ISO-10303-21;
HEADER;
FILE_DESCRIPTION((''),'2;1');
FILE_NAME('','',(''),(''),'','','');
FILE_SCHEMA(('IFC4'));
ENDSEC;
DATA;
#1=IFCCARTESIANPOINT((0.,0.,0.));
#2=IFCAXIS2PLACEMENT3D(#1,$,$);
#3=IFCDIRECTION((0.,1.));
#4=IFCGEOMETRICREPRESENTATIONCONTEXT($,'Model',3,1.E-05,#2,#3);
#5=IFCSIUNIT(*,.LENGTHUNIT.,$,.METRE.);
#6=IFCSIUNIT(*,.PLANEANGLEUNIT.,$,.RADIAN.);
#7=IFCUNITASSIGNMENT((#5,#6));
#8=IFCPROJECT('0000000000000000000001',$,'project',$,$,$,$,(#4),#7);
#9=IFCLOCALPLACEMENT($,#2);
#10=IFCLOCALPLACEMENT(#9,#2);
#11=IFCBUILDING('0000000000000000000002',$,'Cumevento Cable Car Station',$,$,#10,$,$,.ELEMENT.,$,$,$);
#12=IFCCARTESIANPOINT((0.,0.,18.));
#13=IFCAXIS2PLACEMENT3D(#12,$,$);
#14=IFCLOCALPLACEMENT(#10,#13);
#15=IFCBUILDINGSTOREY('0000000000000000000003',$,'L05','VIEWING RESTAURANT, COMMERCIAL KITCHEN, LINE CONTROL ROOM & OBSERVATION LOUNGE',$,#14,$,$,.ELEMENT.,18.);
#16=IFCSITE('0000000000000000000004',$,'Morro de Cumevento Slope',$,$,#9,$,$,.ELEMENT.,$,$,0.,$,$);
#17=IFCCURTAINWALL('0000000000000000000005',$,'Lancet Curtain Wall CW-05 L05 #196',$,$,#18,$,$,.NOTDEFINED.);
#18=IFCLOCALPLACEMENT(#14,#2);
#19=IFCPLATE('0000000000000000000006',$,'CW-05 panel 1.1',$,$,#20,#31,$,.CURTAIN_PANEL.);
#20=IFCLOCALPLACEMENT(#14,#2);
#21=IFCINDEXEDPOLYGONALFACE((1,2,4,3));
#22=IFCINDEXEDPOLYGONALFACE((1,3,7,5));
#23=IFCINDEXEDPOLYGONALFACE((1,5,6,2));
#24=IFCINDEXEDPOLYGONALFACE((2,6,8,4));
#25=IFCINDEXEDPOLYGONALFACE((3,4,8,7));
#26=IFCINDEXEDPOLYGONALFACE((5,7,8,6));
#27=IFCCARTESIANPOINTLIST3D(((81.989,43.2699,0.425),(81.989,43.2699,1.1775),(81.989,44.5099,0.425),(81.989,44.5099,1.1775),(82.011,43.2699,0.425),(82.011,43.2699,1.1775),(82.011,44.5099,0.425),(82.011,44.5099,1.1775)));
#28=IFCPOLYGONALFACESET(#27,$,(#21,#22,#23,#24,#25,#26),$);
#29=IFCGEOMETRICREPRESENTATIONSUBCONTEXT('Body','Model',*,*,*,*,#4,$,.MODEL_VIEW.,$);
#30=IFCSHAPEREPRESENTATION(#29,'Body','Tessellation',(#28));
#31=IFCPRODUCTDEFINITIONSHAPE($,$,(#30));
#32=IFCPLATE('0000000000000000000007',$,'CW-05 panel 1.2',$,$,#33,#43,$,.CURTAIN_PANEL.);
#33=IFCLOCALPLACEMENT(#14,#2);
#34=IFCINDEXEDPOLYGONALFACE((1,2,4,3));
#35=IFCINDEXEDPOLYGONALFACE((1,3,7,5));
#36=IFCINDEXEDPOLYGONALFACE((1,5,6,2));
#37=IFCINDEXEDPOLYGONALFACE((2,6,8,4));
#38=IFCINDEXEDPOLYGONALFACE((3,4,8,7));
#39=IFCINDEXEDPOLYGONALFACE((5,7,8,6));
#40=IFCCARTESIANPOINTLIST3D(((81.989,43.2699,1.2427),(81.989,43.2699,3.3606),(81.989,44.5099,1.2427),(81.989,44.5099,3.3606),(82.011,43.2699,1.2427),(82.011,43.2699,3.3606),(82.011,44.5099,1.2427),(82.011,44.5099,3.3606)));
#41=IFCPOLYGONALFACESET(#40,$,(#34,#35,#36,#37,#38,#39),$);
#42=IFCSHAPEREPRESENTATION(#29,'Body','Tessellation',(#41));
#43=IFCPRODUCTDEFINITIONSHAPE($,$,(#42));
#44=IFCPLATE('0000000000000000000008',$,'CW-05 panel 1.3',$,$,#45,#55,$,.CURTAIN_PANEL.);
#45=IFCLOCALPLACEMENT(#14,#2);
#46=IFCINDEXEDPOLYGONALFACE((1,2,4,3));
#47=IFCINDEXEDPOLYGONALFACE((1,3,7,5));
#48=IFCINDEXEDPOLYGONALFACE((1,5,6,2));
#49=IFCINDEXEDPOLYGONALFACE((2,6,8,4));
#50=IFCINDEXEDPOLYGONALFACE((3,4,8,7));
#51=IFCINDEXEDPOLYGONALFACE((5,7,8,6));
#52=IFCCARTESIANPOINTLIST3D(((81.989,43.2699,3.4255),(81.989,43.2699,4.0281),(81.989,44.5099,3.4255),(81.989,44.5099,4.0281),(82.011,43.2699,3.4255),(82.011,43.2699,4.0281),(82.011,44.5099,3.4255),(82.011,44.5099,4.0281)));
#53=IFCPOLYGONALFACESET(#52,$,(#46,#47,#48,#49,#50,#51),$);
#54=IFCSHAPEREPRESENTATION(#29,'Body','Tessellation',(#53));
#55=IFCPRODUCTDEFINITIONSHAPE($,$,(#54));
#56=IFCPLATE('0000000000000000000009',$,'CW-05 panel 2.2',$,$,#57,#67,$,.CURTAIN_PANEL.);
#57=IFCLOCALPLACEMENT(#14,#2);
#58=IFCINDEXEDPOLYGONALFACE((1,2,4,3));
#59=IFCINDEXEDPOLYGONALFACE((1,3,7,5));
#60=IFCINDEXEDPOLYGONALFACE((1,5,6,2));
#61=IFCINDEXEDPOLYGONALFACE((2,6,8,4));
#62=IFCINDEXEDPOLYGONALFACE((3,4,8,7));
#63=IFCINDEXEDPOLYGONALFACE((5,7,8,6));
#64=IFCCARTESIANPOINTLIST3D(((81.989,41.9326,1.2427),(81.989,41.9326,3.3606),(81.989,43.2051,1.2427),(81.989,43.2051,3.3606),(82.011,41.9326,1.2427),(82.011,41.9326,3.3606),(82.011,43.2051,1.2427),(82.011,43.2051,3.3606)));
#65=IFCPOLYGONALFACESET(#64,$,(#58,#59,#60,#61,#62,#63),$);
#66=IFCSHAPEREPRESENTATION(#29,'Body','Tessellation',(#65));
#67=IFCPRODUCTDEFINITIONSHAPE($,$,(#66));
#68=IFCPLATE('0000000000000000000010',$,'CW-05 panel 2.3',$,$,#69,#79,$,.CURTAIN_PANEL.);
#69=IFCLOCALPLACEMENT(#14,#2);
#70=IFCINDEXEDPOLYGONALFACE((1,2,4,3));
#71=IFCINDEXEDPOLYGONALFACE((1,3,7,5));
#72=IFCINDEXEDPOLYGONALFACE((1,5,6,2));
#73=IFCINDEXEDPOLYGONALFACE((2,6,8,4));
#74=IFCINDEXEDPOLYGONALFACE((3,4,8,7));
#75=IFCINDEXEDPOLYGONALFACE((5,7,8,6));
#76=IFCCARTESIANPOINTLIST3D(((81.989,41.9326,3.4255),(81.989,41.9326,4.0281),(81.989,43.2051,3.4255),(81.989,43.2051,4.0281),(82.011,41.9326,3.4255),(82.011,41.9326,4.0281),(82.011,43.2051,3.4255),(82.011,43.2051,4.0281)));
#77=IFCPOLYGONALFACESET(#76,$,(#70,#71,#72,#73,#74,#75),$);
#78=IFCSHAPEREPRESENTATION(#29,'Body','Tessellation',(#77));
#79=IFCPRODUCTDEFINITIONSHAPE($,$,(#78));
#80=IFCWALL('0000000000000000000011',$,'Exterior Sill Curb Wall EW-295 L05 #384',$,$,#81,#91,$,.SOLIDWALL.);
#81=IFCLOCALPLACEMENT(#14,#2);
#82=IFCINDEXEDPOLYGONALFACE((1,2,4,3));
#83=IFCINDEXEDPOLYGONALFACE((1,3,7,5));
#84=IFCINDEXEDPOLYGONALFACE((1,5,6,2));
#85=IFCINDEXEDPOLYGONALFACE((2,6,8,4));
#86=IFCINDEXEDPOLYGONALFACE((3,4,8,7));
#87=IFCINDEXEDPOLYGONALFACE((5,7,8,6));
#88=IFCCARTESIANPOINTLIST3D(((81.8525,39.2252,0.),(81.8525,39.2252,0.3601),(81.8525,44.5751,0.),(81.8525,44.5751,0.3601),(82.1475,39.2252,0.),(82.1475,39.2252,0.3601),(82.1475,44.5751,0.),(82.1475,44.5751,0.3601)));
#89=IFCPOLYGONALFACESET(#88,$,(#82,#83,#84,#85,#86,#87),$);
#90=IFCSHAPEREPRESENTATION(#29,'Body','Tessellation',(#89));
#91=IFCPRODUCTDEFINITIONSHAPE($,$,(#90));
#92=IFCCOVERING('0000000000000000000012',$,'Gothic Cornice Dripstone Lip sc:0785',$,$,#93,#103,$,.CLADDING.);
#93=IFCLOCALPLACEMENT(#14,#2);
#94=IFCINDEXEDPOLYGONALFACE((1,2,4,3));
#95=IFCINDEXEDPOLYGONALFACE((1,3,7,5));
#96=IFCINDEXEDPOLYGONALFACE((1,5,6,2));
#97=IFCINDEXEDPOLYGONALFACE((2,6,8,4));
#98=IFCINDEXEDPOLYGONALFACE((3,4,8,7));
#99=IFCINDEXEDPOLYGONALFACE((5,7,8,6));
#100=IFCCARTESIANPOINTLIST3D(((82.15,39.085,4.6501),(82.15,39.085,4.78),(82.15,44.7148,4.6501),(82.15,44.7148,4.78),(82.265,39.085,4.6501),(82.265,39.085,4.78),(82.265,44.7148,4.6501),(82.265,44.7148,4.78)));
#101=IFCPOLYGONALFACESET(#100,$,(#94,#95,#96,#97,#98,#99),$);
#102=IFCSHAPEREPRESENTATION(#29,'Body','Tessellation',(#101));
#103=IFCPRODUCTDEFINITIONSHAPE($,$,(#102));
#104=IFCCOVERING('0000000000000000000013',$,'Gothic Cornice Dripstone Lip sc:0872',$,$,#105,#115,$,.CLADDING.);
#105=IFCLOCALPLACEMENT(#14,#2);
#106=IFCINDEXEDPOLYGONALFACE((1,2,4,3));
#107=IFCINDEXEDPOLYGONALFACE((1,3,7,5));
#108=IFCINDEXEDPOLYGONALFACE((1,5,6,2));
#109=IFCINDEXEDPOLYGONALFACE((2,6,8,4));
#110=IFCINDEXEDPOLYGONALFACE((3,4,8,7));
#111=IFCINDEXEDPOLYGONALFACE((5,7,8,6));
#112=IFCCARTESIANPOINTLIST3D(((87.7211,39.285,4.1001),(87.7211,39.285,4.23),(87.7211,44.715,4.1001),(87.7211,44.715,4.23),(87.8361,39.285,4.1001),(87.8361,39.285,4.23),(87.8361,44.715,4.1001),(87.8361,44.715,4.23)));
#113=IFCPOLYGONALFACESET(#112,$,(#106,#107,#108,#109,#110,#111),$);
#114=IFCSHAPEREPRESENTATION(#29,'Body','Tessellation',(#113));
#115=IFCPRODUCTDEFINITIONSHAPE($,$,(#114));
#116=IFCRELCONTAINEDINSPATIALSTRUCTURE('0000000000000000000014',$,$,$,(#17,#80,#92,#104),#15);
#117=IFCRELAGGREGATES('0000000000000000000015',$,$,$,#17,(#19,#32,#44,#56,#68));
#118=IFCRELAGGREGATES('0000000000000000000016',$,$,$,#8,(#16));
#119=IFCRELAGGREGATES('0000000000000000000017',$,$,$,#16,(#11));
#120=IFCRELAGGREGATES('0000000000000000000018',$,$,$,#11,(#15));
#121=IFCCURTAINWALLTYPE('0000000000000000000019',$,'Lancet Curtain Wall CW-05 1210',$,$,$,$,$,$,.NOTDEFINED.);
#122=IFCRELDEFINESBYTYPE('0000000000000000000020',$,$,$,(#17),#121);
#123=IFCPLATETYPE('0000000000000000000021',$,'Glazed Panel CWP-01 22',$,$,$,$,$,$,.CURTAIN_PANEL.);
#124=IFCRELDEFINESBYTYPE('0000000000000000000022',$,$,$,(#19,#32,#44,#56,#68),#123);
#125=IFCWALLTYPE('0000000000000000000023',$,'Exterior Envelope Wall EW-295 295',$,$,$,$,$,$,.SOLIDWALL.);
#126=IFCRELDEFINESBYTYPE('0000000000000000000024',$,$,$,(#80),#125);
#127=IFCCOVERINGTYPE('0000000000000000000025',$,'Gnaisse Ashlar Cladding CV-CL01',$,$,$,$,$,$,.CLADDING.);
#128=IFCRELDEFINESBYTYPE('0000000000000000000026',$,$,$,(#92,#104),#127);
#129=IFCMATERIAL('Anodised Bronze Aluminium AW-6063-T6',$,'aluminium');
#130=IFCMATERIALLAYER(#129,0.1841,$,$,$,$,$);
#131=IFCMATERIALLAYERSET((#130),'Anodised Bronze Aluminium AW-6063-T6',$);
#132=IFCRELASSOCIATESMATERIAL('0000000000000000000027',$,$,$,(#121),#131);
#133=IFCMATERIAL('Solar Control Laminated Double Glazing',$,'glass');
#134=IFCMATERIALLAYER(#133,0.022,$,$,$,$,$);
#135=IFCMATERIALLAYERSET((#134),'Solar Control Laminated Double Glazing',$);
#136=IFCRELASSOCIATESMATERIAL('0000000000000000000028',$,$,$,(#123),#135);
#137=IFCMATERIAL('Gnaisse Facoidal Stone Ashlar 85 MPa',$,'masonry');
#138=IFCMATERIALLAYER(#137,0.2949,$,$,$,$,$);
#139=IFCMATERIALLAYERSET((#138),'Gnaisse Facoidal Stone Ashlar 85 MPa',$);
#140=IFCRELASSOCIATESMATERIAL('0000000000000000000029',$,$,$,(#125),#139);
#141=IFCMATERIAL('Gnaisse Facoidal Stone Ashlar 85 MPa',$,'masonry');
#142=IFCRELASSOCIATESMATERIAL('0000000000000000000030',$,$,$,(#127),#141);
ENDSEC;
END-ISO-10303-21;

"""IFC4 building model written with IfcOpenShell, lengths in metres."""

from ifc_helpers import new_model, si_unit, direction, frame, frame_2d, origin, origin_2d, place, context, subcontext, project, spatial, rectangle, extrude, material, layer, layer_set, type_object, element, aggregate, save


model = new_model("IFC4")

# Units and contexts
model_context = context("Model", 3, precision=1e-05, world=origin(), true_north=direction((0.0, 1.0)))
body_context = subcontext(model_context, "Body", "Model", "MODEL_VIEW")
ifc_project = project(units=[si_unit("LENGTHUNIT", "METRE"), si_unit("PLANEANGLEUNIT", "RADIAN")], contexts=[model_context])

# Site, building, storey
site_placement = place(None, origin())
site = spatial("IfcSite", under=ifc_project, at=site_placement, Name="Morro de Cumevento Slope", CompositionType="ELEMENT", RefElevation=0.0)
building_placement = place(site_placement, origin())
building = spatial("IfcBuilding", under=site, at=building_placement, Name="Cumevento Cable Car Station", CompositionType="ELEMENT")
storey_placement = place(building_placement, frame((0.0, 0.0, 18.0)))
storey = spatial("IfcBuildingStorey", under=building, at=storey_placement, Name="L05", Description="VIEWING RESTAURANT, COMMERCIAL KITCHEN, LINE CONTROL ROOM & OBSERVATION LOUNGE", CompositionType="ELEMENT", Elevation=18.0)

# Curtain wall, plates
ifc_material_1 = material(Name="Anodised Bronze Aluminium AW-6063-T6", Category="aluminium")
ifc_layer_1 = layer(ifc_material_1, 0.1841)
ifc_layer_set_1 = layer_set([ifc_layer_1], Name="Anodised Bronze Aluminium AW-6063-T6")
curtain_wall_type = type_object("IfcCurtainWallType", Name="Lancet Curtain Wall CW-05 1210", PredefinedType="NOTDEFINED", material=ifc_layer_set_1)
curtain_wall_placement = place(storey_placement, origin())
curtain_wall = element("IfcCurtainWall", 1, at=curtain_wall_placement, inside=storey, type_object=curtain_wall_type, Name="Lancet Curtain Wall CW-05 L05 #196", PredefinedType="NOTDEFINED")
ifc_material_2 = material(Name="Solar Control Laminated Double Glazing", Category="glass")
ifc_layer_2 = layer(ifc_material_2, 0.022)
ifc_layer_set_2 = layer_set([ifc_layer_2], Name="Solar Control Laminated Double Glazing")
plate_type = type_object("IfcPlateType", Name="Glazed Panel CWP-01 22", PredefinedType="CURTAIN_PANEL", material=ifc_layer_set_2)
plate_1_placement = place(storey_placement, frame((82.0, 43.8899, 0.425), z_axis=(0.0, 0.0, 1.0), x_axis=(0.0, -1.0, 0.0)))
plate_1 = element("IfcPlate", 2, at=plate_1_placement, type_object=plate_type, Name="CW-05 panel 1.1", PredefinedType="CURTAIN_PANEL", context=body_context, shape_type="SweptSolid", body=[
    extrude(rectangle(XDim=1.24, YDim=0.022, at=origin_2d()), origin(), (0.0, 0.0, 1.0), 0.7524),
])
plate_2_placement = place(storey_placement, frame((82.0, 43.8899, 1.2427), z_axis=(0.0, 0.0, 1.0), x_axis=(0.0, -1.0, 0.0)))
plate_2 = element("IfcPlate", 3, at=plate_2_placement, type_object=plate_type, Name="CW-05 panel 1.2", PredefinedType="CURTAIN_PANEL", context=body_context, shape_type="SweptSolid", body=[
    extrude(rectangle(XDim=1.24, YDim=0.022, at=origin_2d()), origin(), (0.0, 0.0, 1.0), 2.1179),
])
plate_3_placement = place(storey_placement, frame((82.0, 43.8899, 3.4255), z_axis=(0.0, 0.0, 1.0), x_axis=(0.0, -1.0, 0.0)))
plate_3 = element("IfcPlate", 4, at=plate_3_placement, type_object=plate_type, Name="CW-05 panel 1.3", PredefinedType="CURTAIN_PANEL", context=body_context, shape_type="SweptSolid", body=[
    extrude(rectangle(XDim=1.24, YDim=0.022, at=origin_2d()), origin(), (0.0, 0.0, 1.0), 0.6025),
])
plate_4_placement = place(storey_placement, frame((82.0, 42.5688, 1.2427), z_axis=(0.0, 0.0, 1.0), x_axis=(0.0, -1.0, 0.0)))
plate_4 = element("IfcPlate", 5, at=plate_4_placement, type_object=plate_type, Name="CW-05 panel 2.2", PredefinedType="CURTAIN_PANEL", context=body_context, shape_type="SweptSolid", body=[
    extrude(rectangle(XDim=1.2725, YDim=0.022, at=origin_2d()), origin(), (0.0, 0.0, 1.0), 2.1179),
])
plate_5_placement = place(storey_placement, frame((82.0, 42.5688, 3.4255), z_axis=(0.0, 0.0, 1.0), x_axis=(0.0, -1.0, 0.0)))
plate_5 = element("IfcPlate", 6, at=plate_5_placement, type_object=plate_type, Name="CW-05 panel 2.3", PredefinedType="CURTAIN_PANEL", context=body_context, shape_type="SweptSolid", body=[
    extrude(rectangle(XDim=1.2725, YDim=0.022, at=origin_2d()), origin(), (0.0, 0.0, 1.0), 0.6025),
])
aggregate(curtain_wall, [plate_1, plate_2, plate_3, plate_4, plate_5])

# Wall
ifc_material_3 = material(Name="Gnaisse Facoidal Stone Ashlar 85 MPa", Category="masonry")
ifc_layer_3 = layer(ifc_material_3, 0.2949)
ifc_layer_set_3 = layer_set([ifc_layer_3], Name="Gnaisse Facoidal Stone Ashlar 85 MPa")
wall_type = type_object("IfcWallType", Name="Exterior Envelope Wall EW-295 295", PredefinedType="SOLIDWALL", material=ifc_layer_set_3)
wall_placement = place(storey_placement, frame((82.0, 44.575, 0.0), z_axis=(0.0, 0.0, 1.0), x_axis=(0.0, -1.0, 0.0)))
element("IfcWall", 7, at=wall_placement, inside=storey, type_object=wall_type, Name="Exterior Sill Curb Wall EW-295 L05 #384", PredefinedType="SOLIDWALL", context=body_context, shape_type="SweptSolid", body=[
    extrude(rectangle(XDim=5.3499, YDim=0.2949, at=frame_2d((2.6748, 0.0))), origin(), (0.0, 0.0, 1.0), 0.3601),
])

# Coverings
ifc_material_4 = material(Name="Gnaisse Facoidal Stone Ashlar 85 MPa", Category="masonry")
covering_type = type_object("IfcCoveringType", Name="Gnaisse Ashlar Cladding CV-CL01", PredefinedType="CLADDING", material=ifc_material_4)
covering_1_placement = place(storey_placement, frame((82.2075, 41.8999, 4.6501), z_axis=(0.0, 0.0, 1.0), x_axis=(0.0, -1.0, 0.0)))
element("IfcCovering", 8, at=covering_1_placement, inside=storey, type_object=covering_type, Name="Gothic Cornice Dripstone Lip sc:0785", PredefinedType="CLADDING", context=body_context, shape_type="SweptSolid", body=[
    extrude(rectangle(XDim=5.6299, YDim=0.115, at=origin_2d()), origin(), (0.0, 0.0, 1.0), 0.1299),
])
covering_2_placement = place(storey_placement, frame((87.7786, 42.0, 4.1001), z_axis=(0.0, 0.0, 1.0), x_axis=(0.0, 1.0, 0.0)))
element("IfcCovering", 9, at=covering_2_placement, inside=storey, type_object=covering_type, Name="Gothic Cornice Dripstone Lip sc:0872", PredefinedType="CLADDING", context=body_context, shape_type="SweptSolid", body=[
    extrude(rectangle(XDim=5.4299, YDim=0.115, at=origin_2d()), origin(), (0.0, 0.0, 1.0), 0.1299),
])

save(model, "model.ifc")
